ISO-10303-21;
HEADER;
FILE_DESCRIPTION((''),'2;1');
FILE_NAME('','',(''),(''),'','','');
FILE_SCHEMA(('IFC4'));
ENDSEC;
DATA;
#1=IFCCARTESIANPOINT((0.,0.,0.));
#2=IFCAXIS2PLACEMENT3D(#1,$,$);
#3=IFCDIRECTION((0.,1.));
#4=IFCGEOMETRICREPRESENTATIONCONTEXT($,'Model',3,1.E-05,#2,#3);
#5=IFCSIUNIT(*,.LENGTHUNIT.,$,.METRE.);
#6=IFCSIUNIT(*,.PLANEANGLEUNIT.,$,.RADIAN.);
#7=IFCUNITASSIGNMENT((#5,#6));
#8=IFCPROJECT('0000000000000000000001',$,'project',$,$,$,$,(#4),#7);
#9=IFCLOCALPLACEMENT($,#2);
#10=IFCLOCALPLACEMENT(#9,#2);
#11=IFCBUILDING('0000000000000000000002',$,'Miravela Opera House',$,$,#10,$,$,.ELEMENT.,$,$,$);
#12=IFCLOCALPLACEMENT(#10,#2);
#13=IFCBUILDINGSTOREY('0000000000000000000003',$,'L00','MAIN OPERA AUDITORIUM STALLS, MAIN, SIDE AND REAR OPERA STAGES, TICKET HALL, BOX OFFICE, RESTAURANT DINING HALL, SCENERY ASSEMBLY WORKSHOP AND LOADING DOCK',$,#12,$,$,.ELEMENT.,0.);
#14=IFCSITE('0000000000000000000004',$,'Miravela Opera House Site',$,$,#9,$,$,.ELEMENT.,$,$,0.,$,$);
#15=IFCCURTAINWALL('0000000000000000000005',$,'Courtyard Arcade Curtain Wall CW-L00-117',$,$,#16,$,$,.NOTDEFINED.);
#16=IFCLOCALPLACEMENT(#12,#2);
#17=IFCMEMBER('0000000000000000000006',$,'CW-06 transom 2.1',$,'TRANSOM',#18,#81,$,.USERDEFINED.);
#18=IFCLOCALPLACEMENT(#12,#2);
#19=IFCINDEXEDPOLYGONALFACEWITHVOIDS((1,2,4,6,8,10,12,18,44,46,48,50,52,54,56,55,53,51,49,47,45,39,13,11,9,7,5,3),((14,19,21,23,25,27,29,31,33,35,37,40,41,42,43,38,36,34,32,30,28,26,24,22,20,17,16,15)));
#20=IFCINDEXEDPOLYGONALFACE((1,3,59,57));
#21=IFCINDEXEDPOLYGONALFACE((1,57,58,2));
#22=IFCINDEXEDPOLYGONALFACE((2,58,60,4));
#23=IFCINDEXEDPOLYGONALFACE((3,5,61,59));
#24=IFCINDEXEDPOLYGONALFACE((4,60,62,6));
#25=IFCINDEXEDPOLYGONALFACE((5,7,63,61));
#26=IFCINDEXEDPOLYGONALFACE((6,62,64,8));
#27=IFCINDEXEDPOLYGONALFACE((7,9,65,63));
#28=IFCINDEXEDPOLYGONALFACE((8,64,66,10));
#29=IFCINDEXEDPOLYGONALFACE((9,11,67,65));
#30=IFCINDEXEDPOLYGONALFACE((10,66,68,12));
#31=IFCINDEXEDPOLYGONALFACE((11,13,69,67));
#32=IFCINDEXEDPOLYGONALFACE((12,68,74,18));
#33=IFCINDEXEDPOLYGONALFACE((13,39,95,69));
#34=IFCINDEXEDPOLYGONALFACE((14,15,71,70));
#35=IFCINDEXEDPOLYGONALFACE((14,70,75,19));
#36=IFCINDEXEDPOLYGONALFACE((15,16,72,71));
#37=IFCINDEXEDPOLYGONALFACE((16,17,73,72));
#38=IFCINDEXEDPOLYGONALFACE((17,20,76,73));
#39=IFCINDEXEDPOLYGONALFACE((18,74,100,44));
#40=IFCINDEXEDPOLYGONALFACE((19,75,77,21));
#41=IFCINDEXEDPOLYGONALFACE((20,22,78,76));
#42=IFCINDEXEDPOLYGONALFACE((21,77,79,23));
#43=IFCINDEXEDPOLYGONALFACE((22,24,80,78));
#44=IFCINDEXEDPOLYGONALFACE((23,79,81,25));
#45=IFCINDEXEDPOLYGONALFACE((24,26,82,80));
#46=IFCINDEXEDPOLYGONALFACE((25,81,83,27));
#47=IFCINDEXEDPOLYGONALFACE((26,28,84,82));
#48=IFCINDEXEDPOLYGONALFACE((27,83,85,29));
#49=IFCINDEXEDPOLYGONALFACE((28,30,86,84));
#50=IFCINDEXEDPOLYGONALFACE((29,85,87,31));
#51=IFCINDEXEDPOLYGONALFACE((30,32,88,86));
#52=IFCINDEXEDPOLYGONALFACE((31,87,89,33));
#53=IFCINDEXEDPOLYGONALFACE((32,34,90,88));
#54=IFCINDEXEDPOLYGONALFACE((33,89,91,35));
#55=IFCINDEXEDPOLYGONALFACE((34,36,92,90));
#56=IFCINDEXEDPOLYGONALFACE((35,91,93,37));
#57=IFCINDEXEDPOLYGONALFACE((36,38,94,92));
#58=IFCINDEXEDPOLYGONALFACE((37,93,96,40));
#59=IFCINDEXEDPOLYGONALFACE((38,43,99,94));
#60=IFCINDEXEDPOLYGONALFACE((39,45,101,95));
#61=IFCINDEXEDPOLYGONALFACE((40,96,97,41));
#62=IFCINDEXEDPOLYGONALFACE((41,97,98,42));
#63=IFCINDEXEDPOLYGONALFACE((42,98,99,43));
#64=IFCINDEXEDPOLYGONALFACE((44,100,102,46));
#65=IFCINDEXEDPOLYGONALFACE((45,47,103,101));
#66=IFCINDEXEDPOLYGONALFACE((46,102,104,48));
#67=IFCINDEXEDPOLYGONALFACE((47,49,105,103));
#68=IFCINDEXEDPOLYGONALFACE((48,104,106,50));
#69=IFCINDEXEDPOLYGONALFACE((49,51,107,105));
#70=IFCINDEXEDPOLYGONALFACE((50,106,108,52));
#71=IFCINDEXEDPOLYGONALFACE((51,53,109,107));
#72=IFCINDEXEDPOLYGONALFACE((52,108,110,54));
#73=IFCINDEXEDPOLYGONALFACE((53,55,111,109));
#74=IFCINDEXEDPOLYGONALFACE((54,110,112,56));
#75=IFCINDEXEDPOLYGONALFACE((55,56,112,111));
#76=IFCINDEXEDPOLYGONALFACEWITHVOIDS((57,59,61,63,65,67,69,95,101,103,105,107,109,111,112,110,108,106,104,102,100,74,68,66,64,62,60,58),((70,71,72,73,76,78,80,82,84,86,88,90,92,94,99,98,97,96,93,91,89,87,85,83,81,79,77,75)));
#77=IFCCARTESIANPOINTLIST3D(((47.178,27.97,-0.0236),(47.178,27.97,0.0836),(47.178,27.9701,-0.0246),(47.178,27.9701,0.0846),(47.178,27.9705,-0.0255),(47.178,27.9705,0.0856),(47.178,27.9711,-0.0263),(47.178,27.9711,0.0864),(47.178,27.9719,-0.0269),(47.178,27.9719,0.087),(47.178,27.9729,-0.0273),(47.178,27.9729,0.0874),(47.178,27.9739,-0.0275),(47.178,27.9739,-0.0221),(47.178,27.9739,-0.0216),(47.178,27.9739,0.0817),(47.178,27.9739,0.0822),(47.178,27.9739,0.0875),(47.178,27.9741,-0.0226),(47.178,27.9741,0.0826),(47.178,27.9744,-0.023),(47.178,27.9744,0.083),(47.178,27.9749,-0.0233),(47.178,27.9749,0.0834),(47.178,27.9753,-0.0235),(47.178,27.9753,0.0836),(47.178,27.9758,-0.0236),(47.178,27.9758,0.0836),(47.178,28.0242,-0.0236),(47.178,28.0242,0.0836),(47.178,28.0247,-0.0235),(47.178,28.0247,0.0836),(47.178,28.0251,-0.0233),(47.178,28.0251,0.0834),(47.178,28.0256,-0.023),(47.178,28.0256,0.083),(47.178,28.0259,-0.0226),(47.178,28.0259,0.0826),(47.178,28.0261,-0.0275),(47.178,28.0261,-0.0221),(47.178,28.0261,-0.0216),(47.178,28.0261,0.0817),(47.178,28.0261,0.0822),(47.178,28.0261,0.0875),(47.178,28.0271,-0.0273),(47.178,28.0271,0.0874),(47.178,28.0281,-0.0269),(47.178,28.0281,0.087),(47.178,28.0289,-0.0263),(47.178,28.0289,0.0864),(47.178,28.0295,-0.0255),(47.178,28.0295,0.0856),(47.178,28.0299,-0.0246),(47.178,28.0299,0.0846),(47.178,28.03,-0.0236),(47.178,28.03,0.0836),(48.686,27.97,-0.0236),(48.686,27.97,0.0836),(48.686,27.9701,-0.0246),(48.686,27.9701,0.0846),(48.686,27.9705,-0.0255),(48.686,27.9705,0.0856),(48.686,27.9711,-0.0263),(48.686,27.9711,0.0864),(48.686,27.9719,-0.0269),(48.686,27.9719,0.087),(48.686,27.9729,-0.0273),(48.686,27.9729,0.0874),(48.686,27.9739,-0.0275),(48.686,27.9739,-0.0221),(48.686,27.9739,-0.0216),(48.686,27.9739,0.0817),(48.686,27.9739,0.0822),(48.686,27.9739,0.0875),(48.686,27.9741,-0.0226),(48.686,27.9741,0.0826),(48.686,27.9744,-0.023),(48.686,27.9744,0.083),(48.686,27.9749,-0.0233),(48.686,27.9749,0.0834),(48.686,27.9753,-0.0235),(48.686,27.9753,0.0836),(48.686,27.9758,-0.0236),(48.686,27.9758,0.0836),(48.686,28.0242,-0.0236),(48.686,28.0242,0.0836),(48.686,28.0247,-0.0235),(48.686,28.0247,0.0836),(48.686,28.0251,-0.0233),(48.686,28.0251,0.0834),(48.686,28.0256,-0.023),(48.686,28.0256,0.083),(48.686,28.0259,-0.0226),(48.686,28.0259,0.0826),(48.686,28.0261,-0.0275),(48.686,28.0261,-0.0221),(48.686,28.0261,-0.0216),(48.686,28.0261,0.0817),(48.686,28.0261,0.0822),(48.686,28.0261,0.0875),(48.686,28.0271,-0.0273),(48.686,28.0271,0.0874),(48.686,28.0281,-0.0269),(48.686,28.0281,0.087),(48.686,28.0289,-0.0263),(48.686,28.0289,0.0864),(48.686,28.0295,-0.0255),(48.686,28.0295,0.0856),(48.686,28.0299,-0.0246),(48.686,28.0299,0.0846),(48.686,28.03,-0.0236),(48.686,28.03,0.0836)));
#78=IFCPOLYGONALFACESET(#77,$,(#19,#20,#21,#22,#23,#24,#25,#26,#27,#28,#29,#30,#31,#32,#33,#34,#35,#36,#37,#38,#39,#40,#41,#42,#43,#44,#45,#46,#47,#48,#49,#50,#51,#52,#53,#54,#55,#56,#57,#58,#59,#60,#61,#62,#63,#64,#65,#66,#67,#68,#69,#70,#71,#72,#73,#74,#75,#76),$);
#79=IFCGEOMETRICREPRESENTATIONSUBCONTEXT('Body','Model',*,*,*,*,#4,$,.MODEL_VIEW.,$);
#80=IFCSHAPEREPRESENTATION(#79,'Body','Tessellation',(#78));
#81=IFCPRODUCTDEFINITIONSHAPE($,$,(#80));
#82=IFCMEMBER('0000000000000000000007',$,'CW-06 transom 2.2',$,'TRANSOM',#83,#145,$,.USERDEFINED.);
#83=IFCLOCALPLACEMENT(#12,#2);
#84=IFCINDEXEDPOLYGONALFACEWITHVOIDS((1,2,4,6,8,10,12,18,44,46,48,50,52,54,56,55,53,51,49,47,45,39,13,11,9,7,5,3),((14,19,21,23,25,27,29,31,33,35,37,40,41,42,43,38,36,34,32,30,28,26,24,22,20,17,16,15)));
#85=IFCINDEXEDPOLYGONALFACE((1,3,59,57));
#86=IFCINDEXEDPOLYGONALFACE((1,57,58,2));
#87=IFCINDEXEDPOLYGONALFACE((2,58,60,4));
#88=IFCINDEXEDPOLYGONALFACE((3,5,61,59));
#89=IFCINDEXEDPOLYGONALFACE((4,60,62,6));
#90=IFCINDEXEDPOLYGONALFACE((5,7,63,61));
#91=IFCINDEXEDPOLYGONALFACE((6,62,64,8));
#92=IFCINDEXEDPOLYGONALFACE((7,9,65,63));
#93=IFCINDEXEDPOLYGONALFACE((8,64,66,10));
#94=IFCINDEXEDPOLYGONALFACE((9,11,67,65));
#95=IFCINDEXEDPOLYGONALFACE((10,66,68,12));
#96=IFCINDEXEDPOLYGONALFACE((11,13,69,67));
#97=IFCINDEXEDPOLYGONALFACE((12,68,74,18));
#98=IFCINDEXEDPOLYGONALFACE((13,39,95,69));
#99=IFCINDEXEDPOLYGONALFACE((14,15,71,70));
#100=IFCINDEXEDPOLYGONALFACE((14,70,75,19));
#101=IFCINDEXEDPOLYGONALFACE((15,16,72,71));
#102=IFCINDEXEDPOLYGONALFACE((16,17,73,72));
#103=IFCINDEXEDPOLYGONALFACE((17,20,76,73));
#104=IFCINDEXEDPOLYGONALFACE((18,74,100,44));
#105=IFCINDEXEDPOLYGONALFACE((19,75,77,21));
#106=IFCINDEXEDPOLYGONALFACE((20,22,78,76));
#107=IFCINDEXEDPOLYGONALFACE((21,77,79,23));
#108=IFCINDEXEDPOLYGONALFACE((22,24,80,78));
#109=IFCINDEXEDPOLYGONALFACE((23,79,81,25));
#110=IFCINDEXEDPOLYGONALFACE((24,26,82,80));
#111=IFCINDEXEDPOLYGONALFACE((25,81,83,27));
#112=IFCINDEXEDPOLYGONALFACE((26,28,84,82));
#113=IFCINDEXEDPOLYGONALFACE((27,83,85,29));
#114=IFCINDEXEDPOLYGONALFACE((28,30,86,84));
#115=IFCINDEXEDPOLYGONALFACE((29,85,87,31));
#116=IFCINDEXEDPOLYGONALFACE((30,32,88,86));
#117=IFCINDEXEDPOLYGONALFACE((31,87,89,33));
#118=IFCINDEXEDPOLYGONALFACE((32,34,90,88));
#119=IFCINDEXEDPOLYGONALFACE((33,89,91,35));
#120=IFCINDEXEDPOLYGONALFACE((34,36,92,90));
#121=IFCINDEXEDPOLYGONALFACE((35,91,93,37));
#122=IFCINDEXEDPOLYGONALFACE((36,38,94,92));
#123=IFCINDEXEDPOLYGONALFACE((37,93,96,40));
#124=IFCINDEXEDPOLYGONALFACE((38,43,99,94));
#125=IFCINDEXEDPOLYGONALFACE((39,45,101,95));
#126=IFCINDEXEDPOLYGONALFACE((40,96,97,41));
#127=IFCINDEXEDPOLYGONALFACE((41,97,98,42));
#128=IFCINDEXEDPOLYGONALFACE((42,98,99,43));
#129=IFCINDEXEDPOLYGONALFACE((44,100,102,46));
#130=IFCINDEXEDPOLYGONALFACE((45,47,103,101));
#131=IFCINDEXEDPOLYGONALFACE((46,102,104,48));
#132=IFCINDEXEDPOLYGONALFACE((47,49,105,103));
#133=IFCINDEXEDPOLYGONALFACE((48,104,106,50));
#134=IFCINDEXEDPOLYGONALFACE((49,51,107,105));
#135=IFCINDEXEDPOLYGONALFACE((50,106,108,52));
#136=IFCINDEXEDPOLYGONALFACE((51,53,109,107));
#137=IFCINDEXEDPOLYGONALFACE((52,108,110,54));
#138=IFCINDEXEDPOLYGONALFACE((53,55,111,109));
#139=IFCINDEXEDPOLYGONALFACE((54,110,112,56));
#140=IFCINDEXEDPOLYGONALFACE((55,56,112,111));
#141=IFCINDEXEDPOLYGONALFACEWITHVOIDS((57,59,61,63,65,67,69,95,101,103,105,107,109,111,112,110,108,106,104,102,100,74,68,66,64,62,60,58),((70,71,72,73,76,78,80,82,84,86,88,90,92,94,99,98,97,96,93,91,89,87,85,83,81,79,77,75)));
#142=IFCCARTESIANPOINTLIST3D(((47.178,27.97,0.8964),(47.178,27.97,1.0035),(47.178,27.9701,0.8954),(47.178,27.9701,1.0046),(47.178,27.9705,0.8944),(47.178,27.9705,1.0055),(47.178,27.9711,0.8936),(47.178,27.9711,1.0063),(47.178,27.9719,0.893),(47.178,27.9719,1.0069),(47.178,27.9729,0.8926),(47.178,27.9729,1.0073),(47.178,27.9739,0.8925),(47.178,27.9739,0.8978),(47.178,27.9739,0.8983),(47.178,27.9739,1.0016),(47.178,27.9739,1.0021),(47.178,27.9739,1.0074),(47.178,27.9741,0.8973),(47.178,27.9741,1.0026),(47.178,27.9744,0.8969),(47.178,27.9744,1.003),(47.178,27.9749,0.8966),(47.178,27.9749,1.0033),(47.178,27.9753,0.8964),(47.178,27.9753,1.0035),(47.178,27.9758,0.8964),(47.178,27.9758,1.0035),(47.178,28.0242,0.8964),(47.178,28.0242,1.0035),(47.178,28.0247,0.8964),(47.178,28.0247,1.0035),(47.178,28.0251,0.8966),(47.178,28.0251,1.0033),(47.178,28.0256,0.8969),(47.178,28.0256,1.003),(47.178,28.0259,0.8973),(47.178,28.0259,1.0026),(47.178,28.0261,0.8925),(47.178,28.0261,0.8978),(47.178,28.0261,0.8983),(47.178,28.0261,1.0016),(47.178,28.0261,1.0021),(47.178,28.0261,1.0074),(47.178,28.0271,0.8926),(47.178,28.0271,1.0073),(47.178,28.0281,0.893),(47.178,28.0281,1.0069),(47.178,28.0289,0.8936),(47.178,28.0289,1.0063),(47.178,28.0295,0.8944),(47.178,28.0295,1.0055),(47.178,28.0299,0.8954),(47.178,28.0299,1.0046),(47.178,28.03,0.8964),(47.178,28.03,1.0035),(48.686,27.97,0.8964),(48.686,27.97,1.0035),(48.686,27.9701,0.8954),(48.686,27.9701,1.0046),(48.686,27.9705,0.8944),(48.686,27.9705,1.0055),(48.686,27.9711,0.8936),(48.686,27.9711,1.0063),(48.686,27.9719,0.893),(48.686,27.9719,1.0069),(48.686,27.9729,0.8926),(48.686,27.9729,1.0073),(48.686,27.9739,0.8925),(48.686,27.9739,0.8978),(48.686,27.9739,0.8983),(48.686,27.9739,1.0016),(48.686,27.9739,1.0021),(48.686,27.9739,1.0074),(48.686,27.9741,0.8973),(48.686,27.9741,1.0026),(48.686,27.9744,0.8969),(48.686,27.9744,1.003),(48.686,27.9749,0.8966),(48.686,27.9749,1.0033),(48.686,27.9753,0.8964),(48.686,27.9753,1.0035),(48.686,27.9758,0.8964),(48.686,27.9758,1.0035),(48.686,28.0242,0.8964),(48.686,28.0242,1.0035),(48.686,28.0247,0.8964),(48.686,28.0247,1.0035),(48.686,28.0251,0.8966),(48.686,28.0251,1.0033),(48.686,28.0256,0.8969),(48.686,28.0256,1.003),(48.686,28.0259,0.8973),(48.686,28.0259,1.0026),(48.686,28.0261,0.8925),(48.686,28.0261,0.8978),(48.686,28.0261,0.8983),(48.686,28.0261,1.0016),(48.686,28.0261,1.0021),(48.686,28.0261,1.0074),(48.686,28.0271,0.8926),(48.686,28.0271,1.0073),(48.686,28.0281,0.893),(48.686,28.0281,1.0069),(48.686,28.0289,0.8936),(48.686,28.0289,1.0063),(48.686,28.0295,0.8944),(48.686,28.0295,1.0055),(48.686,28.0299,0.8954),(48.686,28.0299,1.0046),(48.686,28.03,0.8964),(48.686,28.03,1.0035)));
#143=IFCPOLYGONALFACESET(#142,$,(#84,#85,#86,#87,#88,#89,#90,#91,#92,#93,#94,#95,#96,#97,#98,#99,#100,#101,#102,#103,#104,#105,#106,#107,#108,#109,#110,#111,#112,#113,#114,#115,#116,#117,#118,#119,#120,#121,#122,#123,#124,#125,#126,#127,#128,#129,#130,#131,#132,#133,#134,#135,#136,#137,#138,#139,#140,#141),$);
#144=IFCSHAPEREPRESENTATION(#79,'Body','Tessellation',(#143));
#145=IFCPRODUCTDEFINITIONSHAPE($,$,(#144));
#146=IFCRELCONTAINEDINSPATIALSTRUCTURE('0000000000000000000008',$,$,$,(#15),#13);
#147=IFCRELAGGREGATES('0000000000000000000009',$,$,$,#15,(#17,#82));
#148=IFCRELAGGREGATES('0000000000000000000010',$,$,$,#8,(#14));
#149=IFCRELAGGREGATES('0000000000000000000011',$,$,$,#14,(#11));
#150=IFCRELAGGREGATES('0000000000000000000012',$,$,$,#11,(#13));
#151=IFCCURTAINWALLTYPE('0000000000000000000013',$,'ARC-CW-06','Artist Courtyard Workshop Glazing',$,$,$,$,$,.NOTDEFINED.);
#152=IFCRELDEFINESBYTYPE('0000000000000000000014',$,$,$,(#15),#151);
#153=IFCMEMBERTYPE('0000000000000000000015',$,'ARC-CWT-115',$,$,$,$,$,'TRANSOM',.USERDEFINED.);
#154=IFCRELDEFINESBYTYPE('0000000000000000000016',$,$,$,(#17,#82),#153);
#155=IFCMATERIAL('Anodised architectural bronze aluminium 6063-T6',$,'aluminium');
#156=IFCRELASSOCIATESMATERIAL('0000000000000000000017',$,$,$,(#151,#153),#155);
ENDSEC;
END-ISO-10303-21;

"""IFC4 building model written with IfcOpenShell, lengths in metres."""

from ifc_helpers import new_model, si_unit, direction, frame, origin, origin_2d, place, context, subcontext, project, spatial, hollow_rectangle, extrude, material, material_profile, profile_set, type_object, element, aggregate, save


model = new_model("IFC4")

# Units and contexts
model_context = context("Model", 3, precision=1e-05, world=origin(), true_north=direction((0.0, 1.0)))
body_context = subcontext(model_context, "Body", "Model", "MODEL_VIEW")
ifc_project = project(units=[si_unit("LENGTHUNIT", "METRE"), si_unit("PLANEANGLEUNIT", "RADIAN")], contexts=[model_context])

# Site, building, storey
site_placement = place(None, origin())
site = spatial("IfcSite", under=ifc_project, at=site_placement, Name="Miravela Opera House Site", CompositionType="ELEMENT", RefElevation=0.0)
building_placement = place(site_placement, origin())
building = spatial("IfcBuilding", under=site, at=building_placement, Name="Miravela Opera House", CompositionType="ELEMENT")
storey_placement = place(building_placement, origin())
storey = spatial("IfcBuildingStorey", under=building, at=storey_placement, Name="L00", Description="MAIN OPERA AUDITORIUM STALLS, MAIN, SIDE AND REAR OPERA STAGES, TICKET HALL, BOX OFFICE, RESTAURANT DINING HALL, SCENERY ASSEMBLY WORKSHOP AND LOADING DOCK", CompositionType="ELEMENT", Elevation=0.0)

# Shared definitions
ifc_material_1 = material(Name="Anodised architectural bronze aluminium 6063-T6", Category="aluminium")
curtain_wall_type = type_object("IfcCurtainWallType", Name="ARC-CW-06", Description="Artist Courtyard Workshop Glazing", PredefinedType="NOTDEFINED", material=ifc_material_1)

# Curtain wall
curtain_wall_1_placement = place(storey_placement, origin())
curtain_wall_1 = element("IfcCurtainWall", 1, at=curtain_wall_1_placement, inside=storey, type_object=curtain_wall_type, Name="Courtyard Arcade Curtain Wall CW-L00-117", PredefinedType="NOTDEFINED")

# Members
ifc_material_profile_1 = material_profile(ifc_material_1, hollow_rectangle(XDim=0.0601, YDim=0.115, WallThickness=0.0039, InnerFilletRadius=0.002, OuterFilletRadius=0.0039, at=origin_2d()), Name="CWT-60X115")
ifc_profile_set_1 = profile_set([ifc_material_profile_1])
member_type_1 = type_object("IfcMemberType", Name="ARC-CWT-115", ElementType="TRANSOM", PredefinedType="USERDEFINED", material=ifc_profile_set_1)
member_1_placement = place(storey_placement, frame((47.178, 28.0, 0.03), z_axis=(1.0, 0.0, 0.0), x_axis=(0.0, 1.0, 0.0)))
member_1 = element("IfcMember", 2, at=member_1_placement, type_object=member_type_1, Name="CW-06 transom 2.1", ObjectType="TRANSOM", PredefinedType="USERDEFINED", context=body_context, shape_type="SweptSolid", body=[
    extrude(hollow_rectangle(XDim=0.0601, YDim=0.115, WallThickness=0.0039, InnerFilletRadius=0.002, OuterFilletRadius=0.0039, at=origin_2d()), origin(), (0.0, 0.0, 1.0), 1.5081),
])
member_2_placement = place(storey_placement, frame((47.178, 28.0, 0.95), z_axis=(1.0, 0.0, 0.0), x_axis=(0.0, 1.0, 0.0)))
member_2 = element("IfcMember", 3, at=member_2_placement, type_object=member_type_1, Name="CW-06 transom 2.2", ObjectType="TRANSOM", PredefinedType="USERDEFINED", context=body_context, shape_type="SweptSolid", body=[
    extrude(hollow_rectangle(XDim=0.0601, YDim=0.115, WallThickness=0.0039, InnerFilletRadius=0.002, OuterFilletRadius=0.0039, at=origin_2d()), origin(), (0.0, 0.0, 1.0), 1.5081),
])

aggregate(curtain_wall_1, [member_1, member_2])

save(model, "model.ifc")
